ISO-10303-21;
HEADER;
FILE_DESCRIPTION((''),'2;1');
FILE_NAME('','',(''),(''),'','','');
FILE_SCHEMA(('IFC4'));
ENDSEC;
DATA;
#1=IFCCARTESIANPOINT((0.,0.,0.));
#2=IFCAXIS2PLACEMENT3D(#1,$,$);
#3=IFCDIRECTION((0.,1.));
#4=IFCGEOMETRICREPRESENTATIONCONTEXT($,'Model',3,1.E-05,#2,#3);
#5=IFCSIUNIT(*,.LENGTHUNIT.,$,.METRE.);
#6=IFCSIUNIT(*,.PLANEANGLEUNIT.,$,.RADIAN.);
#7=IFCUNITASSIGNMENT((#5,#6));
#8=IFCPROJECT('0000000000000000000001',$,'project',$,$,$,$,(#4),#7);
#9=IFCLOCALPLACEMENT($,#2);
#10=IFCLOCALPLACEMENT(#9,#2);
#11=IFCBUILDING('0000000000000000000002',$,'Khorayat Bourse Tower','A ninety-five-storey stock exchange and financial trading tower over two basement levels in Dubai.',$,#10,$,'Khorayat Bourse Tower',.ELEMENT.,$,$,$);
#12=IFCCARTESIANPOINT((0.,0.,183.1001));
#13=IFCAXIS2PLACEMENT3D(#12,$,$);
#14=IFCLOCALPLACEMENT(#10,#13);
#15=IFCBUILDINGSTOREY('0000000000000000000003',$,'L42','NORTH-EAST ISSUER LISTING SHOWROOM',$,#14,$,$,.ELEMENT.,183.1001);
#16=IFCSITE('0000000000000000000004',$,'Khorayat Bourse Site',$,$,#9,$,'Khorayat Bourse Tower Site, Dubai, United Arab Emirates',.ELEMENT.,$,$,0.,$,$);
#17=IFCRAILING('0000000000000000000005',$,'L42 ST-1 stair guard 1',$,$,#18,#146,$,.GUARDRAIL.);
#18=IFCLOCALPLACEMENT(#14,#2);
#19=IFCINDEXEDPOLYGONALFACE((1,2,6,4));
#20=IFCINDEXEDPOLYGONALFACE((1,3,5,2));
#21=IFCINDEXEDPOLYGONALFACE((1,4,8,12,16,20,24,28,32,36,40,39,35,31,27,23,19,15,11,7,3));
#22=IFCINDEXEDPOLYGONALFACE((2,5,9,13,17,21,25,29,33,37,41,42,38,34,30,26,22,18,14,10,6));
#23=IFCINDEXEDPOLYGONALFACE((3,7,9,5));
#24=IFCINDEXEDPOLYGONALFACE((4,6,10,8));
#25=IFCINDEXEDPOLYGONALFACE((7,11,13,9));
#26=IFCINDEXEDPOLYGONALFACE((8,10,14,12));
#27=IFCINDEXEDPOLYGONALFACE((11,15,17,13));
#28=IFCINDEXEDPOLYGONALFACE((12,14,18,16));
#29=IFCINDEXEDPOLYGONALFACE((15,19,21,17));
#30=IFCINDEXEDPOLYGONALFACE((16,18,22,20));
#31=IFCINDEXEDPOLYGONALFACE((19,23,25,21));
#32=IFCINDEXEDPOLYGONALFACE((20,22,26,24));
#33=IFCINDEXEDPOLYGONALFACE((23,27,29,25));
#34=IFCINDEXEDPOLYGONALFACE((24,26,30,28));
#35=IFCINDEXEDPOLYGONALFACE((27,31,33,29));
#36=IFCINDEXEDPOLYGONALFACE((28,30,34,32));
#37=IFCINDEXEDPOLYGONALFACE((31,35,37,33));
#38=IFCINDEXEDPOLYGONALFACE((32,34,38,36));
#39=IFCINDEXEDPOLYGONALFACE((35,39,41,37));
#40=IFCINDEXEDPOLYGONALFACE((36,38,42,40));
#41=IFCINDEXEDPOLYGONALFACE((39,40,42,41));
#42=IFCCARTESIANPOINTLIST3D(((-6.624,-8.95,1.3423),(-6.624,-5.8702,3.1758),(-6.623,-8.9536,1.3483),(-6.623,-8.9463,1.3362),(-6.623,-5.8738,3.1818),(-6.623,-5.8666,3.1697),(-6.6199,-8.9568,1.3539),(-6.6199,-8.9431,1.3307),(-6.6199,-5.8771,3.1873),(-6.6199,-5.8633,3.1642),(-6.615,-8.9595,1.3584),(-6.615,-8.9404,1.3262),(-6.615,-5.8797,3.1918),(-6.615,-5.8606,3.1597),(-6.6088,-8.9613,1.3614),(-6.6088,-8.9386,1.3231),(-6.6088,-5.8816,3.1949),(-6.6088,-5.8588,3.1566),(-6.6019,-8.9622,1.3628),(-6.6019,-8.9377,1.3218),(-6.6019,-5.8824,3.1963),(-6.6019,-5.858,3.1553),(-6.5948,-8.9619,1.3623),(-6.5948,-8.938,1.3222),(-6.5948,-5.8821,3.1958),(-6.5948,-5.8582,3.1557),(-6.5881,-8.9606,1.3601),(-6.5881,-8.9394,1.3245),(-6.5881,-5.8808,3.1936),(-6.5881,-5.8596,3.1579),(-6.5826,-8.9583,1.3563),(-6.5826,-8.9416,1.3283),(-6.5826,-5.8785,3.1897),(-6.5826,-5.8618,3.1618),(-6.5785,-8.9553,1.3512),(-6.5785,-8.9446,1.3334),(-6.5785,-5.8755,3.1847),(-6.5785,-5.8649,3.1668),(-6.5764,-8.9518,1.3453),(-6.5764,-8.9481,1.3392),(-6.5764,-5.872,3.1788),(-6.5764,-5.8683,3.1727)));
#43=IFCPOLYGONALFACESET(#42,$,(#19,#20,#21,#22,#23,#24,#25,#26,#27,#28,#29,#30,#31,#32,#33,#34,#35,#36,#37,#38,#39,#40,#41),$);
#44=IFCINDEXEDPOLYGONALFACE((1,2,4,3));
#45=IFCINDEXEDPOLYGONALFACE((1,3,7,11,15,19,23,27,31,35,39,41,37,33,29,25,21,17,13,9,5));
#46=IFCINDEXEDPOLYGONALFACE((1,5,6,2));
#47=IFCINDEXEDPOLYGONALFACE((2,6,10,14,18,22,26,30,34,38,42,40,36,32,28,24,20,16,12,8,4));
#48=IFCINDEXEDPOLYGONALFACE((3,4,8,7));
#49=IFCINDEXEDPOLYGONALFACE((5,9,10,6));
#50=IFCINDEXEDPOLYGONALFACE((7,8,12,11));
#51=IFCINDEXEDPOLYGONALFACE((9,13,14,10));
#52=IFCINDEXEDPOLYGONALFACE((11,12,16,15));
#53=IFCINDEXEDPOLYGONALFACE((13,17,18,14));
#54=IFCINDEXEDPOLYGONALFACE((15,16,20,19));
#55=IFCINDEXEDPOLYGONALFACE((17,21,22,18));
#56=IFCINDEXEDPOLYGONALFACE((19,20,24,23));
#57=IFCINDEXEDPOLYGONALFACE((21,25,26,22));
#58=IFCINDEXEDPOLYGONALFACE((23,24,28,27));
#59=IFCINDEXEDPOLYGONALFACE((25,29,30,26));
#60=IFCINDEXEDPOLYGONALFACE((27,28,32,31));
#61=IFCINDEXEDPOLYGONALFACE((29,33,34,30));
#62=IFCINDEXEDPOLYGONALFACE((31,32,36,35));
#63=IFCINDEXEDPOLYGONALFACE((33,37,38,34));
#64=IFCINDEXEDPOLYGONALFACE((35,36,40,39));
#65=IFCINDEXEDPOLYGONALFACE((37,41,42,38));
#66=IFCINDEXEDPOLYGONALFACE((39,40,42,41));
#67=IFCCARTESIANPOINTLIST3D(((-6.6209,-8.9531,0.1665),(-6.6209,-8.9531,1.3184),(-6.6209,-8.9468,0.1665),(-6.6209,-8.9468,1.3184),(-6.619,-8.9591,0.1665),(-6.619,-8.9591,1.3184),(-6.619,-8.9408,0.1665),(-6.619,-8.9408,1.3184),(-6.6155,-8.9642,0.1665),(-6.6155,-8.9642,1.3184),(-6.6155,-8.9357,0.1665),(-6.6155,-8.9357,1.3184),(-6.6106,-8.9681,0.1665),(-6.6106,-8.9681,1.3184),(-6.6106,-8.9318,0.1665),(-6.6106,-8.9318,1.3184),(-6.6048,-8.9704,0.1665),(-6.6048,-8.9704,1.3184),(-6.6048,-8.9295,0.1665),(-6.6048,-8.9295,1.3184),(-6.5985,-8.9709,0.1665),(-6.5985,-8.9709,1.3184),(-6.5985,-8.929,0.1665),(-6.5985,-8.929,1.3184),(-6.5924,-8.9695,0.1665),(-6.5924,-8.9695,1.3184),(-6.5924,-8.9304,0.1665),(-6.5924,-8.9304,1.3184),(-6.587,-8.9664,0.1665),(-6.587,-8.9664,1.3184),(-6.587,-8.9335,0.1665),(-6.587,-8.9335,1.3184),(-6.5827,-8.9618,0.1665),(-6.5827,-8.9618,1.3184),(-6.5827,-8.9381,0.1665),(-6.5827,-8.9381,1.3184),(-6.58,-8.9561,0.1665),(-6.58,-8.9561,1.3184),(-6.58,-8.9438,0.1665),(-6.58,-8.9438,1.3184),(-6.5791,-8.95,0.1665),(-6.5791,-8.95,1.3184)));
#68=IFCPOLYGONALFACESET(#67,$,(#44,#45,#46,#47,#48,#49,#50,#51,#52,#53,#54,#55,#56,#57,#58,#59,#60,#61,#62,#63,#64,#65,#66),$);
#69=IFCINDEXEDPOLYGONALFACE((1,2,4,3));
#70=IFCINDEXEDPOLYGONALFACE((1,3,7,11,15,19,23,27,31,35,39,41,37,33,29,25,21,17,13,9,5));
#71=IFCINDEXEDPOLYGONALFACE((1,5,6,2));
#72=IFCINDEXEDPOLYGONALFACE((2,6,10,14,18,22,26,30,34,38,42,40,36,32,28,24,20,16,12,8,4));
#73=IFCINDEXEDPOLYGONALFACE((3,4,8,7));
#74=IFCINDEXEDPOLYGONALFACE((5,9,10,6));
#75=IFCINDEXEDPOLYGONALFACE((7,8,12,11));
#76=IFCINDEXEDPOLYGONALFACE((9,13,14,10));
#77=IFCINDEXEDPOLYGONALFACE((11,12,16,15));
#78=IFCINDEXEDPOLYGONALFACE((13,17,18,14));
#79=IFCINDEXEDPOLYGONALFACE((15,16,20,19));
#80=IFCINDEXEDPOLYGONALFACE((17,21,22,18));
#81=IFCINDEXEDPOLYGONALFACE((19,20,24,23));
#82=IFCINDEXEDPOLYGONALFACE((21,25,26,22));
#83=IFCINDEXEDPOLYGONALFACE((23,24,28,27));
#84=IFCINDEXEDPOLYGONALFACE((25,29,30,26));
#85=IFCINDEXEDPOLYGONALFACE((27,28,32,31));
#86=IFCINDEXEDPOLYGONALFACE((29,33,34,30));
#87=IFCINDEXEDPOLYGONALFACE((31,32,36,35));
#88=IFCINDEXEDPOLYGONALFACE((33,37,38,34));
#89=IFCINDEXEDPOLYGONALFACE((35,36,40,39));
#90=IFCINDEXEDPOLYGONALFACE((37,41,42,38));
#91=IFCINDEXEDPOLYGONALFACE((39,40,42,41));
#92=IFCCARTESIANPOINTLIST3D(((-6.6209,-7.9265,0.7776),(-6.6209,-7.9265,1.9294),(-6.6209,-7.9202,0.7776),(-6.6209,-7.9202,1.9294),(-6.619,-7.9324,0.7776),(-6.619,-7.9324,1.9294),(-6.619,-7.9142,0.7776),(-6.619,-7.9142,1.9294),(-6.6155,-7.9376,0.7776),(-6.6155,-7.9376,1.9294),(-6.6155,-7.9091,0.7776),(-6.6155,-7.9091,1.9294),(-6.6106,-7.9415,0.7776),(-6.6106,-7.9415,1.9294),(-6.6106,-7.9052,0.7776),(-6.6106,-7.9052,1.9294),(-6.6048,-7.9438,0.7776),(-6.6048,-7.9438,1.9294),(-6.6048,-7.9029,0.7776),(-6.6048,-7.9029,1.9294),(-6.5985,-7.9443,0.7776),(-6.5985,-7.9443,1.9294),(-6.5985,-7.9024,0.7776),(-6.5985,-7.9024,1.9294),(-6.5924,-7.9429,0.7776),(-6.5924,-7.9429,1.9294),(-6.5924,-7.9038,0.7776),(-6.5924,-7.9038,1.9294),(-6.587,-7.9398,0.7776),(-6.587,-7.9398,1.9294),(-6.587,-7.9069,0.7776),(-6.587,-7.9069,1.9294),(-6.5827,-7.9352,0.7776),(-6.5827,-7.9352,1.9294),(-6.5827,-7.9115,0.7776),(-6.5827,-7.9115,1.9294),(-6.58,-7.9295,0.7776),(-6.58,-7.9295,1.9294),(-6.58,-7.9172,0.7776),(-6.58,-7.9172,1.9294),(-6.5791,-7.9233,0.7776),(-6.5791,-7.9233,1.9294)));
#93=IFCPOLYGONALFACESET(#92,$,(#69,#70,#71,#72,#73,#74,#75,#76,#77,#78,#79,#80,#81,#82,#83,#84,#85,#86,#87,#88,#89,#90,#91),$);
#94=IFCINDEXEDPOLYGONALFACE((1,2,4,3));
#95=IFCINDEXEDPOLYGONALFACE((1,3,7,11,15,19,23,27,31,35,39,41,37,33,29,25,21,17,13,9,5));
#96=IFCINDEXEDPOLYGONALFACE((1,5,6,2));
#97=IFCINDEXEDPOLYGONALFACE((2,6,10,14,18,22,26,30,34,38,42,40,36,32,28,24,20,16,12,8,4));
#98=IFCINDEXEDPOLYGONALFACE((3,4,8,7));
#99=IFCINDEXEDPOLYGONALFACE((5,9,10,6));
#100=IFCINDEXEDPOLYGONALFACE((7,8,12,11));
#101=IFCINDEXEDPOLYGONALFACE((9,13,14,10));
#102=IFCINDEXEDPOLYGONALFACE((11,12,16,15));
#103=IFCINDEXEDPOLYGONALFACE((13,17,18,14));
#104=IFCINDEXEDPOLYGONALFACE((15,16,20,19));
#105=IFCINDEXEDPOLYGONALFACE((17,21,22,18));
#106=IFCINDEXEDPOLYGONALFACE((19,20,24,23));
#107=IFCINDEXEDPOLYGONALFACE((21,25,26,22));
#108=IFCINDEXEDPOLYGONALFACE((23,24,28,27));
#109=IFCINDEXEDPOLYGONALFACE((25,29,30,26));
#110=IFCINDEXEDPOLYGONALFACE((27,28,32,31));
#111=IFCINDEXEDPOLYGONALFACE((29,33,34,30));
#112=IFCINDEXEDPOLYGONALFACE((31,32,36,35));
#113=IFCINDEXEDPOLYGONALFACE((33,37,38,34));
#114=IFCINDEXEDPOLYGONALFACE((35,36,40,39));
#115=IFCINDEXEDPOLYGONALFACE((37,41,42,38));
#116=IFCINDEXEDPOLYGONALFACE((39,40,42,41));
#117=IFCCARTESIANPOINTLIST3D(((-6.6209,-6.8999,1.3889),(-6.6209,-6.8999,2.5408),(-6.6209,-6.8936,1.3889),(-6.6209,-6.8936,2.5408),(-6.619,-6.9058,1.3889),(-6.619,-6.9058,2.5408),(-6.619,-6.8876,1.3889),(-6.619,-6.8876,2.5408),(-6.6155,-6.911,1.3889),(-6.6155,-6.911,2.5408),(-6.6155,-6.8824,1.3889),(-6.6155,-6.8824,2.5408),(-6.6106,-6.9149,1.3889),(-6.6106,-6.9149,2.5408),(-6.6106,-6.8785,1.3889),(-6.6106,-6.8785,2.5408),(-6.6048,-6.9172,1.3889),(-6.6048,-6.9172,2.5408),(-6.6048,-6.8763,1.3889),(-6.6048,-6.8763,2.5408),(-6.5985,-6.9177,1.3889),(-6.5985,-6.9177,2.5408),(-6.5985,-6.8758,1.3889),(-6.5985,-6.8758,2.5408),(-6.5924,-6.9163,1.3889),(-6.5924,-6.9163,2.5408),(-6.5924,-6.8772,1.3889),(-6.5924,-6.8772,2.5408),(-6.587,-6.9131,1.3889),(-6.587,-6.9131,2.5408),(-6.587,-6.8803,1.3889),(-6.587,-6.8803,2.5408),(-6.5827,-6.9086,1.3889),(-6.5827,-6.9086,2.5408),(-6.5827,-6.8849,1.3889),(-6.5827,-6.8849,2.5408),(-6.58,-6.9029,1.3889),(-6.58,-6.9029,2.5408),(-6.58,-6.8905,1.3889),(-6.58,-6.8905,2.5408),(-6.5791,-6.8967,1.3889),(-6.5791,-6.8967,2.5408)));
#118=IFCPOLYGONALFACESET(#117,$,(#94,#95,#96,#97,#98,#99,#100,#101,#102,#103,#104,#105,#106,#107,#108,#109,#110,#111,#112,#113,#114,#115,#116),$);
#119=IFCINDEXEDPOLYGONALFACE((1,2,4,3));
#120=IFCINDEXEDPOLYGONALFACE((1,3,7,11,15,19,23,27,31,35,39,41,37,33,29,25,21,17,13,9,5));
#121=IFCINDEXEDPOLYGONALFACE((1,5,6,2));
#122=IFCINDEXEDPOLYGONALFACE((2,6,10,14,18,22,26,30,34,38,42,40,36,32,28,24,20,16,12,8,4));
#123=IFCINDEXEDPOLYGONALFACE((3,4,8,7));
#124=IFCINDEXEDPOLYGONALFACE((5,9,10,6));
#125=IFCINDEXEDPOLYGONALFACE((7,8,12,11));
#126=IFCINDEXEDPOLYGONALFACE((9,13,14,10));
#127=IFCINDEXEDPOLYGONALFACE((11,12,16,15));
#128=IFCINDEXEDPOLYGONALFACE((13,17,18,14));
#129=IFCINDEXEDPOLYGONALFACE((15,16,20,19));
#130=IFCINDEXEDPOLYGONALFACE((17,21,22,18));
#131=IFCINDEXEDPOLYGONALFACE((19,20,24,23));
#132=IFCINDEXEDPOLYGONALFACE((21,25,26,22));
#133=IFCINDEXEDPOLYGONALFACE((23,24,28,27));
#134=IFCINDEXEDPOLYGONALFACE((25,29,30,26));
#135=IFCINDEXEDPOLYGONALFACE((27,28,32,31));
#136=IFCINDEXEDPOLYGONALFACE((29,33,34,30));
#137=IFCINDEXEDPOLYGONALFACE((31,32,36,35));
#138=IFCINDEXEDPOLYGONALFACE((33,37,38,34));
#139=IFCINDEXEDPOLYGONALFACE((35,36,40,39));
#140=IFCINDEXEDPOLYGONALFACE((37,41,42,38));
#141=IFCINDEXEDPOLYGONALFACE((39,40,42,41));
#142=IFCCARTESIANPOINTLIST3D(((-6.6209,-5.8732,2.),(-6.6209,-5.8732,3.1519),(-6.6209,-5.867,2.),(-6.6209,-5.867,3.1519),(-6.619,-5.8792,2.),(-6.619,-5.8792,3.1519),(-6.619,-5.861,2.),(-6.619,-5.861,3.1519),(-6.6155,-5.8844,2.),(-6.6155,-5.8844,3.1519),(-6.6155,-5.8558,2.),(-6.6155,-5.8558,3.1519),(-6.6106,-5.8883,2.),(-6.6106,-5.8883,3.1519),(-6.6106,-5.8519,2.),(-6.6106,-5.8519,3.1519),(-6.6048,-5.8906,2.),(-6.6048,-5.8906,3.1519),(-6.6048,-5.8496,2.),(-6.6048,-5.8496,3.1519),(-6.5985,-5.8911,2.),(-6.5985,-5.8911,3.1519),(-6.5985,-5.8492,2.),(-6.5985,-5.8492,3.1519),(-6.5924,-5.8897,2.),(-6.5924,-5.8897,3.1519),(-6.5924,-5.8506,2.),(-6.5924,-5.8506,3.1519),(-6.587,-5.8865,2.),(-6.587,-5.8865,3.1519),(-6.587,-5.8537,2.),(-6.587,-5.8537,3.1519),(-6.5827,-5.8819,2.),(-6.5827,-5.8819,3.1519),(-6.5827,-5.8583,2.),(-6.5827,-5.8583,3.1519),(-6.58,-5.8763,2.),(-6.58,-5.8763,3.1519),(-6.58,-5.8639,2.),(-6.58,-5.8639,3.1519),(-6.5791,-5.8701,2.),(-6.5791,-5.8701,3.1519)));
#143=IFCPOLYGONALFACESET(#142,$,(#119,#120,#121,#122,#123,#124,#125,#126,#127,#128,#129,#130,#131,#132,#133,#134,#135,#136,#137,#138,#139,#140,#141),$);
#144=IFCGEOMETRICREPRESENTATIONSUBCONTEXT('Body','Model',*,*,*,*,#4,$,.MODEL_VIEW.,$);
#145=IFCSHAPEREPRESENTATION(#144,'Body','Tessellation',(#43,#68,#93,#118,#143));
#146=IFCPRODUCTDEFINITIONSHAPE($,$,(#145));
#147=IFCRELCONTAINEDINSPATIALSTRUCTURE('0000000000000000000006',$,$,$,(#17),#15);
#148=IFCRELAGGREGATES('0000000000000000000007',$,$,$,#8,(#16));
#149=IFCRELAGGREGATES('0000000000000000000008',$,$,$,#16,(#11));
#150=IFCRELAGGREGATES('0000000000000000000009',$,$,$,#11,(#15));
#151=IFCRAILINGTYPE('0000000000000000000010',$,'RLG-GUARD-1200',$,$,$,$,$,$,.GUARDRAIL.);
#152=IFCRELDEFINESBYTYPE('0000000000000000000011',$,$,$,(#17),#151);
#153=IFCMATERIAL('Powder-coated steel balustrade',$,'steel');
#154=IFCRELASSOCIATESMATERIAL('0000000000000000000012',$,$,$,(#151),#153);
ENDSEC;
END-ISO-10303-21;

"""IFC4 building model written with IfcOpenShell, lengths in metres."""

from ifc_helpers import new_model, si_unit, direction, frame, origin, origin_2d, place, context, subcontext, project, spatial, circle, extrude, source, transform, mapped, material, type_object, element, save


model = new_model("IFC4")

# Units and contexts
model_context = context("Model", 3, precision=1e-05, world=origin(), true_north=direction((0.0, 1.0)))
body_context = subcontext(model_context, "Body", "Model", "MODEL_VIEW")
ifc_project = project(units=[si_unit("LENGTHUNIT", "METRE"), si_unit("PLANEANGLEUNIT", "RADIAN")], contexts=[model_context])

# Site, building, storey
site_placement = place(None, origin())
site = spatial("IfcSite", under=ifc_project, at=site_placement, Name="Khorayat Bourse Site", LongName="Khorayat Bourse Tower Site, Dubai, United Arab Emirates", CompositionType="ELEMENT", RefElevation=0.0)
building_placement = place(site_placement, origin())
building = spatial("IfcBuilding", under=site, at=building_placement, Name="Khorayat Bourse Tower", Description="A ninety-five-storey stock exchange and financial trading tower over two basement levels in Dubai.", LongName="Khorayat Bourse Tower", CompositionType="ELEMENT")
storey_placement = place(building_placement, frame((0.0, 0.0, 183.1001)))
storey = spatial("IfcBuildingStorey", under=building, at=storey_placement, Name="L42", Description="NORTH-EAST ISSUER LISTING SHOWROOM", CompositionType="ELEMENT", Elevation=183.1001)

# Railing
ifc_material_1 = material(Name="Powder-coated steel balustrade", Category="steel")
railing_type_1 = type_object("IfcRailingType", Name="RLG-GUARD-1200", PredefinedType="GUARDRAIL", material=ifc_material_1)
shared_shape_1 = source(origin(), body_context, "Body", "SweptSolid", [
    extrude(circle(Radius=0.0239, at=origin_2d()), frame((0.0, 0.0, 1.1758), z_axis=(0.0, 0.859261, 0.511538), x_axis=(-1.0, 0.0, 0.0)), (0.0, 0.0, 1.0), 3.5842),
    extrude(circle(Radius=0.021, at=origin_2d()), origin(), (0.0, 0.0, 1.0), 1.1519),
    extrude(circle(Radius=0.021, at=origin_2d()), frame((0.0, 1.0266, 0.6111)), (0.0, 0.0, 1.0), 1.1519),
    extrude(circle(Radius=0.021, at=origin_2d()), frame((0.0, 2.0532, 1.2224)), (0.0, 0.0, 1.0), 1.1519),
    extrude(circle(Radius=0.021, at=origin_2d()), frame((0.0, 3.0798, 1.8335)), (0.0, 0.0, 1.0), 1.1519),
])
railing_1_placement = place(storey_placement, frame((-6.6001, -8.95, 0.1665)))
element("IfcRailing", 1, at=railing_1_placement, inside=storey, type_object=railing_type_1, Name="L42 ST-1 stair guard 1", PredefinedType="GUARDRAIL", context=body_context, shape_type="MappedRepresentation", body=[
    mapped(shared_shape_1, transform((0.0, 0.0, 0.0), scale=1.0)),
])

save(model, "model.ifc")
